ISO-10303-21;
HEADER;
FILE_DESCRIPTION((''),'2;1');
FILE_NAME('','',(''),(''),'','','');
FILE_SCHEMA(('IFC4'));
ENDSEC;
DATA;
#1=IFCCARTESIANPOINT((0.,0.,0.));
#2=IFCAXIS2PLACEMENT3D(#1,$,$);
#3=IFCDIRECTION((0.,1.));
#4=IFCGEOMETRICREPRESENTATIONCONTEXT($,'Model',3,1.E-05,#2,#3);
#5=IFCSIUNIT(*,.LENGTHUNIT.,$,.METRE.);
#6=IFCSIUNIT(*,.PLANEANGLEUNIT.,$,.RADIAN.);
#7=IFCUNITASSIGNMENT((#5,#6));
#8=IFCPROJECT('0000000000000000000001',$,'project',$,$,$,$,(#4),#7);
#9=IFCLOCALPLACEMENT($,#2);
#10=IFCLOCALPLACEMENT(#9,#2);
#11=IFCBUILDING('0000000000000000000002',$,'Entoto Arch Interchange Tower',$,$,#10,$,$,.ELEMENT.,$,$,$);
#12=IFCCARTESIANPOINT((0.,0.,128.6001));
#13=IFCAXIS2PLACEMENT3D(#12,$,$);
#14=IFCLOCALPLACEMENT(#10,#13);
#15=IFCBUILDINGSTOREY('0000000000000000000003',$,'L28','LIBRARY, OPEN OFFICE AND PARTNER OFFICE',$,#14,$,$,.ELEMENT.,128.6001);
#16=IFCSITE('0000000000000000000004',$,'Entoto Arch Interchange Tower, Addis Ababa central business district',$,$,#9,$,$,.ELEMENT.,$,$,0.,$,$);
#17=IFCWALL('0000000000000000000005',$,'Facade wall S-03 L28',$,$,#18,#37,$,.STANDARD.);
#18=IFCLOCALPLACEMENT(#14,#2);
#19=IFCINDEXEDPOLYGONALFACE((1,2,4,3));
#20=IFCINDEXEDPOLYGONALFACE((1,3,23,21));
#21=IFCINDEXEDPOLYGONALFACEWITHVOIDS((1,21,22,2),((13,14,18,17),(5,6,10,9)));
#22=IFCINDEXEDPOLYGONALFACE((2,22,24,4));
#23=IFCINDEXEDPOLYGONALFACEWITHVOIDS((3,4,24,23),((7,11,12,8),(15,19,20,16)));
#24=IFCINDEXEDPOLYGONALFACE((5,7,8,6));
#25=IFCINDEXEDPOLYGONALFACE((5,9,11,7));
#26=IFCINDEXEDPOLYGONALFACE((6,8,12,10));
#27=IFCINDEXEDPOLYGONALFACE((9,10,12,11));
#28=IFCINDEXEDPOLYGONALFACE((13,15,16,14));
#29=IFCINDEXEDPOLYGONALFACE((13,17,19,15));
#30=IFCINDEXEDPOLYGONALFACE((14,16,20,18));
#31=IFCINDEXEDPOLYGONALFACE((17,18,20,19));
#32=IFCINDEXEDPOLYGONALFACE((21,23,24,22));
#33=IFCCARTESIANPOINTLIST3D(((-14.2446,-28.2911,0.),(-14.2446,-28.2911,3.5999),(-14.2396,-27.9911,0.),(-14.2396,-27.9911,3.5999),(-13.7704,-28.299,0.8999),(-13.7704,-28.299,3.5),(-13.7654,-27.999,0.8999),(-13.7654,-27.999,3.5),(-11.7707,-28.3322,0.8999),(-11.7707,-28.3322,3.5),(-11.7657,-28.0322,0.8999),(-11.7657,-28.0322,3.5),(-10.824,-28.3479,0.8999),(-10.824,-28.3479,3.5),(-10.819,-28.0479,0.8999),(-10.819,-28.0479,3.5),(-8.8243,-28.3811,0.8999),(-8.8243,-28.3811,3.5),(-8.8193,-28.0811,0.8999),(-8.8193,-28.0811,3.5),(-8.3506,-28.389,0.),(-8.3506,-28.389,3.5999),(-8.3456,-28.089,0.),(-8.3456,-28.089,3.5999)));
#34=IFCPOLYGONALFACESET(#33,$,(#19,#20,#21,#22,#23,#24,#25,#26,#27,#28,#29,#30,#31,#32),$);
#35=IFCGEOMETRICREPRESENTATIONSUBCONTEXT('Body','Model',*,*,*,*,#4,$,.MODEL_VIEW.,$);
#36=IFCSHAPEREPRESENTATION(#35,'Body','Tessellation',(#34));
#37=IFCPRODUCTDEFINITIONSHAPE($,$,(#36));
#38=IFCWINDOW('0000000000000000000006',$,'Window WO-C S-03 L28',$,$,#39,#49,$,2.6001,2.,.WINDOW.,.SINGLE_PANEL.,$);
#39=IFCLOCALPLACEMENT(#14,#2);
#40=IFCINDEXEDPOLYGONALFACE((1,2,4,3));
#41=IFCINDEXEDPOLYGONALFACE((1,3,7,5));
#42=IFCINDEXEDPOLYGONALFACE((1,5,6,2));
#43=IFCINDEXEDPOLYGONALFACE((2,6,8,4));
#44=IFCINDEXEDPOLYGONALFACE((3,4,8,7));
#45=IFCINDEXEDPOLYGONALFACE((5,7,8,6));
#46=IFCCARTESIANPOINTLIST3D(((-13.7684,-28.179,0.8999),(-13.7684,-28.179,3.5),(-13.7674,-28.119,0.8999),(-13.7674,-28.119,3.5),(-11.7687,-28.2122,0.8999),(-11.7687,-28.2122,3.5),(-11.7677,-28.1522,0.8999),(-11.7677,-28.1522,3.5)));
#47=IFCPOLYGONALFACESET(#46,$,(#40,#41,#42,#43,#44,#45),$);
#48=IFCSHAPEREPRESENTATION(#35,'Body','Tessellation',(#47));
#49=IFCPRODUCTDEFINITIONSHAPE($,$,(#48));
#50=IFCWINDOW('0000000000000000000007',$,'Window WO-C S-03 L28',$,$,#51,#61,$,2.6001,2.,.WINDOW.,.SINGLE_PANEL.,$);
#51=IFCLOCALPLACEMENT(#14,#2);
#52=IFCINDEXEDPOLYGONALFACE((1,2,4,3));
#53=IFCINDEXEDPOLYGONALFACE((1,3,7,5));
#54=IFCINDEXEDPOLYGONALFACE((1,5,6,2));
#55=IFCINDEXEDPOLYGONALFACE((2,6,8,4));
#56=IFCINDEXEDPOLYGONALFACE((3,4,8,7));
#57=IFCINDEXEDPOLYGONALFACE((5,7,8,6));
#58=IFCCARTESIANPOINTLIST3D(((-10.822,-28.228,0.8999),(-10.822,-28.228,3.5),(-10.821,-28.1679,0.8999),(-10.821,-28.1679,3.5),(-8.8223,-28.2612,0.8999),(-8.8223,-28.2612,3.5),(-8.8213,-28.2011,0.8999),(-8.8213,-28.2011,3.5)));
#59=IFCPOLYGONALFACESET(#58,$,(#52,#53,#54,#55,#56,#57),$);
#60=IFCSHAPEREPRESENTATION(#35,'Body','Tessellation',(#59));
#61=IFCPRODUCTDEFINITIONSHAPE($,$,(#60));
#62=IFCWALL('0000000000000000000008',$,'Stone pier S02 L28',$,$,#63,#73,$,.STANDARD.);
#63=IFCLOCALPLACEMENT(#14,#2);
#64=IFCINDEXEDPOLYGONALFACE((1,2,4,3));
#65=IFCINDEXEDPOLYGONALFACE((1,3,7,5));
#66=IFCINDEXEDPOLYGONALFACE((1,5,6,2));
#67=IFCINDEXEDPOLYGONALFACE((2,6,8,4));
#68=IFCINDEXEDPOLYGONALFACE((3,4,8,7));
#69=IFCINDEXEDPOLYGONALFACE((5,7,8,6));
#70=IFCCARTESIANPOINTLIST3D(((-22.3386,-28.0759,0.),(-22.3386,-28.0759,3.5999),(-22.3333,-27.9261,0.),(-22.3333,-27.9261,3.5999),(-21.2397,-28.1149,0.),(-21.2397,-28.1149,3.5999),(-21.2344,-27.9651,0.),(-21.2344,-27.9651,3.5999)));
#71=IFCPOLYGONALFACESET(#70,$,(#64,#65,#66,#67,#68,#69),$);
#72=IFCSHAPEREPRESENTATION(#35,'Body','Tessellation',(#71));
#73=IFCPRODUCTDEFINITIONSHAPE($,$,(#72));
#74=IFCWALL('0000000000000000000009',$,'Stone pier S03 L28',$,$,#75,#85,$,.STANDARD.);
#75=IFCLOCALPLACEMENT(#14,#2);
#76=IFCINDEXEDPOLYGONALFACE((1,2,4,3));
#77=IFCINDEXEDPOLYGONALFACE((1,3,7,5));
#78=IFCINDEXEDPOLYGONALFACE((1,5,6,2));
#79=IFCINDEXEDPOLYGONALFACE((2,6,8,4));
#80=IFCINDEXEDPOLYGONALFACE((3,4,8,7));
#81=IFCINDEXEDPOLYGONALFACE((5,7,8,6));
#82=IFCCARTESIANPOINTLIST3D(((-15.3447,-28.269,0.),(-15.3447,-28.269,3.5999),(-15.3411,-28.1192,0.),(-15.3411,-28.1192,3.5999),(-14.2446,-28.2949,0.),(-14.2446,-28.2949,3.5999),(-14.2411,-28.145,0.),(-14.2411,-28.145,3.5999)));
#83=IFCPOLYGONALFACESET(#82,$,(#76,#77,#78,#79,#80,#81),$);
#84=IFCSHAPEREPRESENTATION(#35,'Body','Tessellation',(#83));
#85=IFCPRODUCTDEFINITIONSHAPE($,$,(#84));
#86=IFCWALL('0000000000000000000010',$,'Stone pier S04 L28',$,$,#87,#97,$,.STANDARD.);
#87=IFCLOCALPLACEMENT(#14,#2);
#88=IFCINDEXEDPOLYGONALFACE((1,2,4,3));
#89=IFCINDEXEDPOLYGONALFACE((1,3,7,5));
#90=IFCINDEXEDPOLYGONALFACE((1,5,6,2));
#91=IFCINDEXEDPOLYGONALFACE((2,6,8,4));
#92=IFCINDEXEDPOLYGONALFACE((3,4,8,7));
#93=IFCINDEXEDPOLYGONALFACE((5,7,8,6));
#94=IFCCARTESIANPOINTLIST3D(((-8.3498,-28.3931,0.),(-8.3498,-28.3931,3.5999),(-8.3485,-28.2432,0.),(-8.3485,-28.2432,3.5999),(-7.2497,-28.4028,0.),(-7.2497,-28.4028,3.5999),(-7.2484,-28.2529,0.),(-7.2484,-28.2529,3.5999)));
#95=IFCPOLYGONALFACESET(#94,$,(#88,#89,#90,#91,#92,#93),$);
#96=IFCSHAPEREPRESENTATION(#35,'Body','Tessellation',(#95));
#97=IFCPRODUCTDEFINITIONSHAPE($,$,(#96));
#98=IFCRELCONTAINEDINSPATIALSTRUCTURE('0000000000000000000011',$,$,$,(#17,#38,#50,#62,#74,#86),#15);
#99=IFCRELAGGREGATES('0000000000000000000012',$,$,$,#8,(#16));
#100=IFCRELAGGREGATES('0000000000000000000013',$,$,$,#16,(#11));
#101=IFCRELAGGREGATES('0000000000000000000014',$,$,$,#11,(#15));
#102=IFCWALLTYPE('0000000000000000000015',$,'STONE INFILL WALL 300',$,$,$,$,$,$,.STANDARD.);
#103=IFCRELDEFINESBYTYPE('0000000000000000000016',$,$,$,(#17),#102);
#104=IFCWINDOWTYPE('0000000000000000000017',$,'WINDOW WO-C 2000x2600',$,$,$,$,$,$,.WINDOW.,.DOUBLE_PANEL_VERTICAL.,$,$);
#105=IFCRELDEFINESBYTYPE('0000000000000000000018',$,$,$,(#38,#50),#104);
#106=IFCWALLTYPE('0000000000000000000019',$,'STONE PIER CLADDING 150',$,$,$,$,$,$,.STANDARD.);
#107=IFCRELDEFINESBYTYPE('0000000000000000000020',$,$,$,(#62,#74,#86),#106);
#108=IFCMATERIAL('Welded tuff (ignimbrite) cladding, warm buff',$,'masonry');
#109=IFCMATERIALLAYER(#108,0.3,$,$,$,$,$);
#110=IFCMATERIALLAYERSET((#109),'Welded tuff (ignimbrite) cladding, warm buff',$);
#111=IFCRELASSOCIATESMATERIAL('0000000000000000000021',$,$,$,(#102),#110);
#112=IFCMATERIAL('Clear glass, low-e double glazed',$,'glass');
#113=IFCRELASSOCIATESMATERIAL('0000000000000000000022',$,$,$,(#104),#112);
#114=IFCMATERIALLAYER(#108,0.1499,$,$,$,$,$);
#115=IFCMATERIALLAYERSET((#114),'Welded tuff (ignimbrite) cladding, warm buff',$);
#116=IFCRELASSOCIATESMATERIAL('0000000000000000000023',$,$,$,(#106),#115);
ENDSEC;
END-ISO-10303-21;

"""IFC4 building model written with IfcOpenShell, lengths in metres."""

from ifc_helpers import new_model, si_unit, direction, frame, frame_2d, origin, place, context, subcontext, project, spatial, rectangle, extrude, material, layer, layer_set, type_object, element, fill, save


model = new_model("IFC4")

# Units and contexts
model_context = context("Model", 3, precision=1e-05, world=origin(), true_north=direction((0.0, 1.0)))
body_context = subcontext(model_context, "Body", "Model", "MODEL_VIEW")
ifc_project = project(units=[si_unit("LENGTHUNIT", "METRE"), si_unit("PLANEANGLEUNIT", "RADIAN")], contexts=[model_context])

# Site, building, storey
site_placement = place(None, origin())
site = spatial("IfcSite", under=ifc_project, at=site_placement, Name="Entoto Arch Interchange Tower, Addis Ababa central business district", CompositionType="ELEMENT", RefElevation=0.0)
building_placement = place(site_placement, origin())
building = spatial("IfcBuilding", under=site, at=building_placement, Name="Entoto Arch Interchange Tower", CompositionType="ELEMENT")
storey_placement = place(building_placement, frame((0.0, 0.0, 128.6001)))
storey = spatial("IfcBuildingStorey", under=building, at=storey_placement, Name="L28", Description="LIBRARY, OPEN OFFICE AND PARTNER OFFICE", CompositionType="ELEMENT", Elevation=128.6001)

# Shared definitions
ifc_material_1 = material(Name="Welded tuff (ignimbrite) cladding, warm buff", Category="masonry")
ifc_layer_1 = layer(ifc_material_1, 0.3)
ifc_layer_set_1 = layer_set([ifc_layer_1], Name="Welded tuff (ignimbrite) cladding, warm buff")
wall_type_1 = type_object("IfcWallType", Name="STONE INFILL WALL 300", PredefinedType="STANDARD", material=ifc_layer_set_1)
ifc_material_2 = material(Name="Clear glass, low-e double glazed", Category="glass")
window_type = type_object("IfcWindowType", Name="WINDOW WO-C 2000x2600", PartitioningType="DOUBLE_PANEL_VERTICAL", PredefinedType="WINDOW", material=ifc_material_2)

# Wall, openings, windows
wall_1_placement = place(storey_placement, frame((-14.2419, -28.1411, 0.0), z_axis=(0.0, 0.0, 1.0), x_axis=(0.999862, -0.016608, 0.0)))
wall_1 = element("IfcWall", 1, at=wall_1_placement, inside=storey, type_object=wall_type_1, Name="Facade wall S-03 L28", PredefinedType="STANDARD", context=body_context, shape_type="SweptSolid", body=[
    extrude(rectangle(XDim=5.8948, YDim=0.3, at=frame_2d((2.9473, 0.0))), origin(), (0.0, 0.0, 1.0), 3.5999),
])
opening_1_placement = place(wall_1_placement, frame((0.4741, 0.0, 0.8999)))
opening_1 = element("IfcOpeningElement", 2, at=opening_1_placement, cuts=wall_1, PredefinedType="OPENING", context=body_context, shape_type="SweptSolid", body=[
    extrude(rectangle(XDim=2.0, YDim=2.6001, at=frame_2d((1.0, 1.3))), frame((0.0, 0.1602, 0.0), z_axis=(0.0, -1.0, 0.0), x_axis=(1.0, 0.0, 0.0)), (0.0, 0.0, 1.0), 0.3201),
])
opening_2_placement = place(wall_1_placement, frame((3.4209, 0.0, 0.8999)))
opening_2 = element("IfcOpeningElement", 3, at=opening_2_placement, cuts=wall_1, PredefinedType="OPENING", context=body_context, shape_type="SweptSolid", body=[
    extrude(rectangle(XDim=2.0, YDim=2.6001, at=frame_2d((1.0, 1.3))), frame((0.0, 0.1602, 0.0), z_axis=(0.0, -1.0, 0.0), x_axis=(1.0, 0.0, 0.0)), (0.0, 0.0, 1.0), 0.3201),
])
window_1_placement = place(opening_1_placement, origin())
window_1 = element("IfcWindow", 4, at=window_1_placement, inside=storey, type_object=window_type, Name="Window WO-C S-03 L28", OverallHeight=2.6001, OverallWidth=2.0, PartitioningType="SINGLE_PANEL", PredefinedType="WINDOW", context=body_context, shape_type="SweptSolid", body=[
    extrude(rectangle(XDim=2.0, YDim=2.6001, at=frame_2d((1.0, 1.3))), frame((0.0, 0.03, 0.0), z_axis=(0.0, -1.0, 0.0), x_axis=(1.0, 0.0, 0.0)), (0.0, 0.0, 1.0), 0.0601),
])
fill(opening_1, window_1)
window_2_placement = place(opening_2_placement, origin())
window_2 = element("IfcWindow", 5, at=window_2_placement, inside=storey, type_object=window_type, Name="Window WO-C S-03 L28", OverallHeight=2.6001, OverallWidth=2.0, PartitioningType="SINGLE_PANEL", PredefinedType="WINDOW", context=body_context, shape_type="SweptSolid", body=[
    extrude(rectangle(XDim=2.0, YDim=2.6001, at=frame_2d((1.0, 1.3))), frame((0.0, 0.03, 0.0), z_axis=(0.0, -1.0, 0.0), x_axis=(1.0, 0.0, 0.0)), (0.0, 0.0, 1.0), 0.0601),
])
fill(opening_2, window_2)

# Walls
ifc_layer_2 = layer(ifc_material_1, 0.1499)
ifc_layer_set_2 = layer_set([ifc_layer_2], Name="Welded tuff (ignimbrite) cladding, warm buff")
wall_type_2 = type_object("IfcWallType", Name="STONE PIER CLADDING 150", PredefinedType="STANDARD", material=ifc_layer_set_2)
wall_2_placement = place(storey_placement, frame((-22.3359, -28.001, 0.0), z_axis=(0.0, 0.0, 1.0), x_axis=(0.999369, -0.035525, 0.0)))
element("IfcWall", 6, at=wall_2_placement, inside=storey, type_object=wall_type_2, Name="Stone pier S02 L28", PredefinedType="STANDARD", context=body_context, shape_type="SweptSolid", body=[
    extrude(rectangle(XDim=1.0996, YDim=0.1499, at=frame_2d((0.5498, 0.0))), origin(), (0.0, 0.0, 1.0), 3.5999),
])
wall_3_placement = place(storey_placement, frame((-15.343, -28.1941, 0.0), z_axis=(0.0, 0.0, 1.0), x_axis=(0.999723, -0.023518, 0.0)))
element("IfcWall", 7, at=wall_3_placement, inside=storey, type_object=wall_type_2, Name="Stone pier S03 L28", PredefinedType="STANDARD", context=body_context, shape_type="SweptSolid", body=[
    extrude(rectangle(XDim=1.1003, YDim=0.1499, at=frame_2d((0.5503, 0.0))), origin(), (0.0, 0.0, 1.0), 3.5999),
])
wall_4_placement = place(storey_placement, frame((-8.3491, -28.3181, 0.0), z_axis=(0.0, 0.0, 1.0), x_axis=(0.999961, -0.008877, 0.0)))
element("IfcWall", 8, at=wall_4_placement, inside=storey, type_object=wall_type_2, Name="Stone pier S04 L28", PredefinedType="STANDARD", context=body_context, shape_type="SweptSolid", body=[
    extrude(rectangle(XDim=1.1001, YDim=0.1499, at=frame_2d((0.55, 0.0))), origin(), (0.0, 0.0, 1.0), 3.5999),
])

save(model, "model.ifc")
